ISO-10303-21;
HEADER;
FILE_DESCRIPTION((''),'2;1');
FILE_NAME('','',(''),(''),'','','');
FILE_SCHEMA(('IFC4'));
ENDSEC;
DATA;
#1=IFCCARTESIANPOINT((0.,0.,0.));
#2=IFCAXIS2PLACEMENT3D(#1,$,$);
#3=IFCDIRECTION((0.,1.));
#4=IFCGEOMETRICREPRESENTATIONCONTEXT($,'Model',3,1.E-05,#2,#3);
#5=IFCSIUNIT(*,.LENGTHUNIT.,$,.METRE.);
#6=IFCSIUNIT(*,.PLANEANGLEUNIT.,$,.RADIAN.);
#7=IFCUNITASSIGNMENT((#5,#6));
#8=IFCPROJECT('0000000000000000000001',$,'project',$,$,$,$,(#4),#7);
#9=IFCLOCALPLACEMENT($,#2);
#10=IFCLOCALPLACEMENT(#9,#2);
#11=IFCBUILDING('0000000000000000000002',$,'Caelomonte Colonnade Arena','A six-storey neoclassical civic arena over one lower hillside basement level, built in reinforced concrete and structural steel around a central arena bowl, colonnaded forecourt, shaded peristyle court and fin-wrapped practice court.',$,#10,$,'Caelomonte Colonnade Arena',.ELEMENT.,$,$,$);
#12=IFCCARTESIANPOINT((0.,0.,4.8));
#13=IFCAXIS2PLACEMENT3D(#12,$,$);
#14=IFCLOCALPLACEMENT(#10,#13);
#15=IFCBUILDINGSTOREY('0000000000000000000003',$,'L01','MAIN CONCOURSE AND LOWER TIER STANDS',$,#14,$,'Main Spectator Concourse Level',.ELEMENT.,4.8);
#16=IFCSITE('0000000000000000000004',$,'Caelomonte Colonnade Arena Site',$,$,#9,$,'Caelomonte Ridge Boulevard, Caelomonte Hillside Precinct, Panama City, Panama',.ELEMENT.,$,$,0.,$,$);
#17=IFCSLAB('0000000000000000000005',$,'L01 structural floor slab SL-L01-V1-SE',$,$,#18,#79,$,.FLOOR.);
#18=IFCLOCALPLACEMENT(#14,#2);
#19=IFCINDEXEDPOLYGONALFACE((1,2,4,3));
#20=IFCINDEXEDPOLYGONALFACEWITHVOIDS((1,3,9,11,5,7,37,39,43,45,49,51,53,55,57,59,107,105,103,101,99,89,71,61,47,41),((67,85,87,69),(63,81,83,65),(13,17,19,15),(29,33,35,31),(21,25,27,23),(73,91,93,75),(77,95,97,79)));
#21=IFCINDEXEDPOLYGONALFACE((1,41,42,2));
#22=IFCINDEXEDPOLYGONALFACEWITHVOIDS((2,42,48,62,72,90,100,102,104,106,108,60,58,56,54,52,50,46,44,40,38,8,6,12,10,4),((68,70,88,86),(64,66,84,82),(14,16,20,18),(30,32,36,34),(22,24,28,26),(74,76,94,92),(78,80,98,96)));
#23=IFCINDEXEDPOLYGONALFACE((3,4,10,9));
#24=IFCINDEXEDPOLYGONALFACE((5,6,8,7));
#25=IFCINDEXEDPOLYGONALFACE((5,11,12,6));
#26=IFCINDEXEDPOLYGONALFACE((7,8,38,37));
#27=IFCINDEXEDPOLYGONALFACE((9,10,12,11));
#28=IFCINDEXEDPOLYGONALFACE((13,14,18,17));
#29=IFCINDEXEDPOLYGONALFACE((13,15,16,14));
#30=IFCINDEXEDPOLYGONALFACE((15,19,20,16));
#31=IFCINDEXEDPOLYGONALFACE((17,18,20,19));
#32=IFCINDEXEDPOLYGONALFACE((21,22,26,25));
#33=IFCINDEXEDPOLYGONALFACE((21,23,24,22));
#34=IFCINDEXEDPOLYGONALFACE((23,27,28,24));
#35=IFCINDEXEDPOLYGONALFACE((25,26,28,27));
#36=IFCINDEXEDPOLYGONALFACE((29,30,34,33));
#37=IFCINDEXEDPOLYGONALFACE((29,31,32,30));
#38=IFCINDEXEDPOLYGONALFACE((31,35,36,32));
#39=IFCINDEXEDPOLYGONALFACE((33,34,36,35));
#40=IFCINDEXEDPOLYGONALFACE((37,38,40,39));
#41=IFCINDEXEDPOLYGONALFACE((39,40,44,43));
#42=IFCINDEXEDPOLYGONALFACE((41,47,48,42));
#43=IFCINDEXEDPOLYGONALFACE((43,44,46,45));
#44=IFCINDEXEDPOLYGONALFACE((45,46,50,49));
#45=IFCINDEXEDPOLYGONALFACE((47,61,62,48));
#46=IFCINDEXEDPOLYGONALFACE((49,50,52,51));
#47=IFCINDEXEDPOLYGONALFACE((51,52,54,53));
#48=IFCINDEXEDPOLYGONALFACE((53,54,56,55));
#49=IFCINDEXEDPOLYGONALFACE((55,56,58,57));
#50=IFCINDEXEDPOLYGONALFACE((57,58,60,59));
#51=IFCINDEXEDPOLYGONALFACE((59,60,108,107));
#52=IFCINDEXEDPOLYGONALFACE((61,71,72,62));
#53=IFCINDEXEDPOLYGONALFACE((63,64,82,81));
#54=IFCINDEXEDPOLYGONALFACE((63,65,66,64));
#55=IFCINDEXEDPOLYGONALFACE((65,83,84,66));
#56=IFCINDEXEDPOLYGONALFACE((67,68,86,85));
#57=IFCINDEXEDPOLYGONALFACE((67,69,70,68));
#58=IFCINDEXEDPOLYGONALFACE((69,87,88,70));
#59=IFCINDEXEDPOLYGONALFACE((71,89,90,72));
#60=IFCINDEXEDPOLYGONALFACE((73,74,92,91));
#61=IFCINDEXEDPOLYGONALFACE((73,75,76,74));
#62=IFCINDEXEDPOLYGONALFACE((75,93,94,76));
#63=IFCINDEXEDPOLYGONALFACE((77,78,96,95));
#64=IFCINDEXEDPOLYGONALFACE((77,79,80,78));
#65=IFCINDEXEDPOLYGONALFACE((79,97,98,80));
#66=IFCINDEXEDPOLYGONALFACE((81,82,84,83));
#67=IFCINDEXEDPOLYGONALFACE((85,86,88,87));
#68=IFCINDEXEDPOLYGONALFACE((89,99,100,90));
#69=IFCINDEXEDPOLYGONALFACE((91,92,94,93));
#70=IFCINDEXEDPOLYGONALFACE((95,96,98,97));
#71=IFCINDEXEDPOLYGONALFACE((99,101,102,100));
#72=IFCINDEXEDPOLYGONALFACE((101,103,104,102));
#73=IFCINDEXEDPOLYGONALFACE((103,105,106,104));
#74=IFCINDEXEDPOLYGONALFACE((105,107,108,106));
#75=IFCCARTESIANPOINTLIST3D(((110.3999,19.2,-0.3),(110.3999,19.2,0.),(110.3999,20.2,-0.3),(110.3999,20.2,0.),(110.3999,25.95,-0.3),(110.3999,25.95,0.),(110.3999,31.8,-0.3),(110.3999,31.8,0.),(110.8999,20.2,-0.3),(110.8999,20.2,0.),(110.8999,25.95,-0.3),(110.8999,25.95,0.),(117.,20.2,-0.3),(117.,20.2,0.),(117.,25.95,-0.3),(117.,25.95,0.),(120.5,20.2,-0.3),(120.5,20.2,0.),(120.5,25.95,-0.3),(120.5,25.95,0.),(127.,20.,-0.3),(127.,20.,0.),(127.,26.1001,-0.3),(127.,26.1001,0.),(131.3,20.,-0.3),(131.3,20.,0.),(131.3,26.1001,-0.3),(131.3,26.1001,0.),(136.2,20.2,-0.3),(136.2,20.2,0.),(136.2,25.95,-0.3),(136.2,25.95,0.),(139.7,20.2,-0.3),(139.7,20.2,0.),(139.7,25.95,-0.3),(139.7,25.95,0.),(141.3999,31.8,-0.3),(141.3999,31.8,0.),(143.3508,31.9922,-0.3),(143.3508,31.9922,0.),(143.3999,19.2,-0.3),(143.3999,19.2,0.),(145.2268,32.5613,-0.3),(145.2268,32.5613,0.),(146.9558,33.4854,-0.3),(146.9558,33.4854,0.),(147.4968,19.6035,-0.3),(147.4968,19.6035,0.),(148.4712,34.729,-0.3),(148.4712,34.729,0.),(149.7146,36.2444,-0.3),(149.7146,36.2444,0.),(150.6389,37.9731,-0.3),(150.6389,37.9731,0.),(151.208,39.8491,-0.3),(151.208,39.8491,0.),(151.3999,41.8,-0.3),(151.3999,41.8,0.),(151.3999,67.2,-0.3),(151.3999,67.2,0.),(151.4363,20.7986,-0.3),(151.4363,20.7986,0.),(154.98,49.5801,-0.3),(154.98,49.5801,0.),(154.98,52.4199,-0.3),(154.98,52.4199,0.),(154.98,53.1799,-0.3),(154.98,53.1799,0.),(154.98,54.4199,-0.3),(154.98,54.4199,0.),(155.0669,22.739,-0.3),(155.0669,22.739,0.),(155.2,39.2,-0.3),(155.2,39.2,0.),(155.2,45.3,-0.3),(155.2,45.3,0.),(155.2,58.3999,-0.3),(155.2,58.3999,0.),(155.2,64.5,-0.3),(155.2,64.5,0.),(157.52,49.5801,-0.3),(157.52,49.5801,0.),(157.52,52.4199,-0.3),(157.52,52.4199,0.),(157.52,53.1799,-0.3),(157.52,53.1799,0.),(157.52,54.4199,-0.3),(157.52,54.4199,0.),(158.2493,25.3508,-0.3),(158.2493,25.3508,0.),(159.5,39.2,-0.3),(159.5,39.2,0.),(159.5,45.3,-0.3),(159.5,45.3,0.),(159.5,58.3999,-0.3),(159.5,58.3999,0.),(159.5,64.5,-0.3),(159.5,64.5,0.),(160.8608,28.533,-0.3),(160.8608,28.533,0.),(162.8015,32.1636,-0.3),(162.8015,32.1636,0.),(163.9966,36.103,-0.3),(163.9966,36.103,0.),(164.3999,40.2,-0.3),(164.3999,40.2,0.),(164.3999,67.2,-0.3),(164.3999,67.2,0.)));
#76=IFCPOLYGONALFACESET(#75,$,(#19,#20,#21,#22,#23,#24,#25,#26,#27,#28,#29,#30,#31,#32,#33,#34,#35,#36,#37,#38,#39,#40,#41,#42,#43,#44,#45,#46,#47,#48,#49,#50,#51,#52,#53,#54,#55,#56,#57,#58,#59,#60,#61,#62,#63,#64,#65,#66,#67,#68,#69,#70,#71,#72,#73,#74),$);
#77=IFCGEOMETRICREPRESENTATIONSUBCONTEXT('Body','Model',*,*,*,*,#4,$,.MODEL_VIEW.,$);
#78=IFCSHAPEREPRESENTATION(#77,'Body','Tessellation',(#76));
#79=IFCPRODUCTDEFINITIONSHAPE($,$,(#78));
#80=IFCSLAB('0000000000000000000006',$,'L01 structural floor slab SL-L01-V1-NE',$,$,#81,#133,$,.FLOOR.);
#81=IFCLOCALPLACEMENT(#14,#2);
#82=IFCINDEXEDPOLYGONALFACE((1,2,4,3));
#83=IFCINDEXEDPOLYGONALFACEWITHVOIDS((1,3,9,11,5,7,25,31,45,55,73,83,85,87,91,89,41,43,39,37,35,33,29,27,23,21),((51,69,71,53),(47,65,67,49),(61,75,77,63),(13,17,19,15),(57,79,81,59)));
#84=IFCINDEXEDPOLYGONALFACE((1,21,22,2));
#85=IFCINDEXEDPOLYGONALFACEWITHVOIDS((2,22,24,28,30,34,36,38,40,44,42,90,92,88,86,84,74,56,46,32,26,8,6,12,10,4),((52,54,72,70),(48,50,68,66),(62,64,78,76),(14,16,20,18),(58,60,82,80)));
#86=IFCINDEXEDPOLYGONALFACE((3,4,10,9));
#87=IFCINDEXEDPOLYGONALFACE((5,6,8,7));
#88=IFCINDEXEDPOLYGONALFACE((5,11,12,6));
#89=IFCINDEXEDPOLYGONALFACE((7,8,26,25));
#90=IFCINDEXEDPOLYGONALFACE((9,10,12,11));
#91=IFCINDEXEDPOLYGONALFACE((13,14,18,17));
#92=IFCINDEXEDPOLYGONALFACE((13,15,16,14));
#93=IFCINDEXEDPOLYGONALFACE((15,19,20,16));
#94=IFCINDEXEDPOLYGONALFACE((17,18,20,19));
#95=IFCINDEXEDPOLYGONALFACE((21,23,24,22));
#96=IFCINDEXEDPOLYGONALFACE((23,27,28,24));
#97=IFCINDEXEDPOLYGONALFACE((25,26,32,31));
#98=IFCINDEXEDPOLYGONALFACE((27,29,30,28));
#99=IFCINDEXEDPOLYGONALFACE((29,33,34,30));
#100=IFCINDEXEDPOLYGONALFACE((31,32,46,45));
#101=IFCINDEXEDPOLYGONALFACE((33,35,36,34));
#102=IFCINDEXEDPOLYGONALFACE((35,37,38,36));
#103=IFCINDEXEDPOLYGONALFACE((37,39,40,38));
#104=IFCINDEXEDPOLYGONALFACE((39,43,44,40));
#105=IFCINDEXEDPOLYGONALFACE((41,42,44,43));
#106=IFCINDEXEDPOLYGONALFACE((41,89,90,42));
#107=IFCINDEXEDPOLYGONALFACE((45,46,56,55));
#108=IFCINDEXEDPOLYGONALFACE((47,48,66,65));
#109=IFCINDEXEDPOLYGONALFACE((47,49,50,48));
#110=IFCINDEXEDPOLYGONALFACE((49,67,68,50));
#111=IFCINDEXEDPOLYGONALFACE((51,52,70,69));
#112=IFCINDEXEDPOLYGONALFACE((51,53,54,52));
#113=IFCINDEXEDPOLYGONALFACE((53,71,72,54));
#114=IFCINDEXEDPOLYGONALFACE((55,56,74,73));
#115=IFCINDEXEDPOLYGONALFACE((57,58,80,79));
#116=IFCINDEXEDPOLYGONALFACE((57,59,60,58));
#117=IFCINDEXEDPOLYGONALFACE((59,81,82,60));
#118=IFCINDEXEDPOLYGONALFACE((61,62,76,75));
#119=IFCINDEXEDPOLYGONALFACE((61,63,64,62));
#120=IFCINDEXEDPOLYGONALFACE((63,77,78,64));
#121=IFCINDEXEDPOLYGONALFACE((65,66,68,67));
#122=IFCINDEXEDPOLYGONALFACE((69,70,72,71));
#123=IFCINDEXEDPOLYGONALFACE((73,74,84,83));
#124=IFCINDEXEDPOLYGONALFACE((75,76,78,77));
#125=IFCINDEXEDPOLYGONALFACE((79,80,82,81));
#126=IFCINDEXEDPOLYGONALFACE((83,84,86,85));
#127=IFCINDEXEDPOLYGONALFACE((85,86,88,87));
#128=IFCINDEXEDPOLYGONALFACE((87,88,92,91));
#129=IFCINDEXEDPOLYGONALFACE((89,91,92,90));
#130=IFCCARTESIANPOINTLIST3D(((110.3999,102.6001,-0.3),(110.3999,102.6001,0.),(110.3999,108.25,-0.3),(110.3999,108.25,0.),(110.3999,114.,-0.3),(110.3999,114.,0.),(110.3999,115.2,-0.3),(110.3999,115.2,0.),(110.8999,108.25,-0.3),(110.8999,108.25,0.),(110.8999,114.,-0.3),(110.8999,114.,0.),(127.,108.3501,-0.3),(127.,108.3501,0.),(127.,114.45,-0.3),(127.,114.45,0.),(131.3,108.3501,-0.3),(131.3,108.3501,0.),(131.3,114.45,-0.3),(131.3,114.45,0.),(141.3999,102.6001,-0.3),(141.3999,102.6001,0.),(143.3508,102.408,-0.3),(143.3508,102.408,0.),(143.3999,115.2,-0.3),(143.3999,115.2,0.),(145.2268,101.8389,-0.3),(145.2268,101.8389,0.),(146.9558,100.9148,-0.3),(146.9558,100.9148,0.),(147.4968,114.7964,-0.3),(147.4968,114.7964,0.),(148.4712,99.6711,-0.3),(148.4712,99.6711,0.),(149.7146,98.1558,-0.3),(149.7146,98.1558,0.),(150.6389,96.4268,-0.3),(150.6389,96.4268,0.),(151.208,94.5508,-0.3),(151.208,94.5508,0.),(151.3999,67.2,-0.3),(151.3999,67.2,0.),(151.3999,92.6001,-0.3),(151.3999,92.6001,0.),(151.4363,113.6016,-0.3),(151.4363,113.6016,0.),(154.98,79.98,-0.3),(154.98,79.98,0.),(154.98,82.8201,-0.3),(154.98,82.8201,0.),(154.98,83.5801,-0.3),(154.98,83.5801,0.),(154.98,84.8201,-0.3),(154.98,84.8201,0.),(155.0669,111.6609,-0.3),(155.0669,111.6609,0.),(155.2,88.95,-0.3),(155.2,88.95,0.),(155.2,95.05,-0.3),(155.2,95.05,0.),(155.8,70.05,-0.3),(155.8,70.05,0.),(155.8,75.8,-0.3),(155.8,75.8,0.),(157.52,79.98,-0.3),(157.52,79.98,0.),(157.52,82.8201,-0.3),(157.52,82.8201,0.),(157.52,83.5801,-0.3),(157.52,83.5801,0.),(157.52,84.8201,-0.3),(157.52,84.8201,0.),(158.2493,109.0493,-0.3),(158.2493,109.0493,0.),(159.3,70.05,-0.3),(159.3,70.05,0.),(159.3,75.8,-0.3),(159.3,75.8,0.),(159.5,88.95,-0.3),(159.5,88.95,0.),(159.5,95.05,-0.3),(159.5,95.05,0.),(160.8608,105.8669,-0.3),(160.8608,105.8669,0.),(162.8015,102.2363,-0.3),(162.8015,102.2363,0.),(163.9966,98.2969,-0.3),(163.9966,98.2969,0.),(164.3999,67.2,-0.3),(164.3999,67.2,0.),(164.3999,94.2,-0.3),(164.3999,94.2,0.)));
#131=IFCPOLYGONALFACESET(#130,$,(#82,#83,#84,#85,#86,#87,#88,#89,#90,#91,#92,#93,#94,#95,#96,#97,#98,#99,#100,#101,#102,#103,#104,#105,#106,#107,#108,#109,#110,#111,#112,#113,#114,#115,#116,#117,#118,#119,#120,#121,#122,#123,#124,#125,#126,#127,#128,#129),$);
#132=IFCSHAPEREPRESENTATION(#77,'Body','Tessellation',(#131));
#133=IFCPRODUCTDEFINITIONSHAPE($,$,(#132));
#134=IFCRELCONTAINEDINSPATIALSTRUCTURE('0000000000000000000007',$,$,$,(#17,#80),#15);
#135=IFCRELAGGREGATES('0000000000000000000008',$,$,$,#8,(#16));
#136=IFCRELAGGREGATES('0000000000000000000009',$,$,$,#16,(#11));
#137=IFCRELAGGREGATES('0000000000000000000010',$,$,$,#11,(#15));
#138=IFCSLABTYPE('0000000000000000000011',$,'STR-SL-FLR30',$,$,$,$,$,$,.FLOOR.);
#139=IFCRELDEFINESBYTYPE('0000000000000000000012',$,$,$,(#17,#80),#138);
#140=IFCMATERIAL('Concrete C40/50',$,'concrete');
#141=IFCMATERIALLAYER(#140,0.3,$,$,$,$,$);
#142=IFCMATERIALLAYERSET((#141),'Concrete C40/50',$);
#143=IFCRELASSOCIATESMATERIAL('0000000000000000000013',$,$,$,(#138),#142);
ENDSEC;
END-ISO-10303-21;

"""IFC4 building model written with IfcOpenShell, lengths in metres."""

from ifc_helpers import new_model, si_unit, direction, frame, origin, place, context, subcontext, project, spatial, polyline, outline, extrude, material, layer, layer_set, type_object, element, save


model = new_model("IFC4")

# Units and contexts
model_context = context("Model", 3, precision=1e-05, world=origin(), true_north=direction((0.0, 1.0)))
body_context = subcontext(model_context, "Body", "Model", "MODEL_VIEW")
ifc_project = project(units=[si_unit("LENGTHUNIT", "METRE"), si_unit("PLANEANGLEUNIT", "RADIAN")], contexts=[model_context])

# Site, building, storey
site_placement = place(None, origin())
site = spatial("IfcSite", under=ifc_project, at=site_placement, Name="Caelomonte Colonnade Arena Site", LongName="Caelomonte Ridge Boulevard, Caelomonte Hillside Precinct, Panama City, Panama", CompositionType="ELEMENT", RefElevation=0.0)
building_placement = place(site_placement, origin())
building = spatial("IfcBuilding", under=site, at=building_placement, Name="Caelomonte Colonnade Arena", Description="A six-storey neoclassical civic arena over one lower hillside basement level, built in reinforced concrete and structural steel around a central arena bowl, colonnaded forecourt, shaded peristyle court and fin-wrapped practice court.", LongName="Caelomonte Colonnade Arena", CompositionType="ELEMENT")
storey_placement = place(building_placement, frame((0.0, 0.0, 4.8)))
storey = spatial("IfcBuildingStorey", under=building, at=storey_placement, Name="L01", Description="MAIN CONCOURSE AND LOWER TIER STANDS", LongName="Main Spectator Concourse Level", CompositionType="ELEMENT", Elevation=4.8)

# Shared definitions
ifc_material_1 = material(Name="Concrete C40/50", Category="concrete")

# Slabs
ifc_layer_1 = layer(ifc_material_1, 0.3)
ifc_layer_set_1 = layer_set([ifc_layer_1], Name="Concrete C40/50")
slab_type_1 = type_object("IfcSlabType", Name="STR-SL-FLR30", PredefinedType="FLOOR", material=ifc_layer_set_1)
slab_1_placement = place(storey_placement, frame((0.0, 0.0, -0.3)))
element("IfcSlab", 1, at=slab_1_placement, inside=storey, type_object=slab_type_1, Name="L01 structural floor slab SL-L01-V1-SE", PredefinedType="FLOOR", context=body_context, shape_type="SweptSolid", body=[
    extrude(outline(polyline([(164.3999, 40.2), (164.3999, 67.2), (151.3999, 67.2), (151.3999, 41.8), (151.208, 39.8491), (150.6389, 37.9731), (149.7146, 36.2444), (148.4712, 34.729), (146.9558, 33.4854), (145.2268, 32.5613), (143.3508, 31.9922), (141.3999, 31.8), (110.3999, 31.8), (110.3999, 25.95), (110.8999, 25.95), (110.8999, 20.2), (110.3999, 20.2), (110.3999, 19.2), (143.3999, 19.2), (147.4968, 19.6035), (151.4363, 20.7986), (155.0669, 22.739), (158.2493, 25.3508), (160.8608, 28.533), (162.8015, 32.1636), (163.9966, 36.103), (164.3999, 40.2)]), holes=[polyline([(131.3, 26.1001), (131.3, 20.0), (127.0, 20.0), (127.0, 26.1001), (131.3, 26.1001)]), polyline([(120.5, 25.95), (120.5, 20.2), (117.0, 20.2), (117.0, 25.95), (120.5, 25.95)]), polyline([(139.7, 20.2), (136.2, 20.2), (136.2, 25.95), (139.7, 25.95), (139.7, 20.2)]), polyline([(154.98, 52.4199), (157.52, 52.4199), (157.52, 49.5801), (154.98, 49.5801), (154.98, 52.4199)]), polyline([(159.5, 45.3), (159.5, 39.2), (155.2, 39.2), (155.2, 45.3), (159.5, 45.3)]), polyline([(154.98, 53.1799), (154.98, 54.4199), (157.52, 54.4199), (157.52, 53.1799), (154.98, 53.1799)]), polyline([(159.5, 58.3999), (155.2, 58.3999), (155.2, 64.5), (159.5, 64.5), (159.5, 58.3999)])]), origin(), (0.0, 0.0, 1.0), 0.3),
])
slab_2_placement = place(storey_placement, frame((0.0, 0.0, -0.3)))
element("IfcSlab", 2, at=slab_2_placement, inside=storey, type_object=slab_type_1, Name="L01 structural floor slab SL-L01-V1-NE", PredefinedType="FLOOR", context=body_context, shape_type="SweptSolid", body=[
    extrude(outline(polyline([(143.3999, 115.2), (110.3999, 115.2), (110.3999, 114.0), (110.8999, 114.0), (110.8999, 108.25), (110.3999, 108.25), (110.3999, 102.6001), (141.3999, 102.6001), (143.3508, 102.408), (145.2268, 101.8389), (146.9558, 100.9148), (148.4712, 99.6711), (149.7146, 98.1558), (150.6389, 96.4268), (151.208, 94.5508), (151.3999, 92.6001), (151.3999, 67.2), (164.3999, 67.2), (164.3999, 94.2), (163.9966, 98.2969), (162.8015, 102.2363), (160.8608, 105.8669), (158.2493, 109.0493), (155.0669, 111.6609), (151.4363, 113.6016), (147.4968, 114.7964), (143.3999, 115.2)]), holes=[polyline([(154.98, 79.98), (154.98, 82.8201), (157.52, 82.8201), (157.52, 79.98), (154.98, 79.98)]), polyline([(127.0, 114.45), (131.3, 114.45), (131.3, 108.3501), (127.0, 108.3501), (127.0, 114.45)]), polyline([(155.8, 75.8), (159.3, 75.8), (159.3, 70.05), (155.8, 70.05), (155.8, 75.8)]), polyline([(154.98, 83.5801), (154.98, 84.8201), (157.52, 84.8201), (157.52, 83.5801), (154.98, 83.5801)]), polyline([(155.2, 95.05), (159.5, 95.05), (159.5, 88.95), (155.2, 88.95), (155.2, 95.05)])]), origin(), (0.0, 0.0, 1.0), 0.3),
])

save(model, "model.ifc")
